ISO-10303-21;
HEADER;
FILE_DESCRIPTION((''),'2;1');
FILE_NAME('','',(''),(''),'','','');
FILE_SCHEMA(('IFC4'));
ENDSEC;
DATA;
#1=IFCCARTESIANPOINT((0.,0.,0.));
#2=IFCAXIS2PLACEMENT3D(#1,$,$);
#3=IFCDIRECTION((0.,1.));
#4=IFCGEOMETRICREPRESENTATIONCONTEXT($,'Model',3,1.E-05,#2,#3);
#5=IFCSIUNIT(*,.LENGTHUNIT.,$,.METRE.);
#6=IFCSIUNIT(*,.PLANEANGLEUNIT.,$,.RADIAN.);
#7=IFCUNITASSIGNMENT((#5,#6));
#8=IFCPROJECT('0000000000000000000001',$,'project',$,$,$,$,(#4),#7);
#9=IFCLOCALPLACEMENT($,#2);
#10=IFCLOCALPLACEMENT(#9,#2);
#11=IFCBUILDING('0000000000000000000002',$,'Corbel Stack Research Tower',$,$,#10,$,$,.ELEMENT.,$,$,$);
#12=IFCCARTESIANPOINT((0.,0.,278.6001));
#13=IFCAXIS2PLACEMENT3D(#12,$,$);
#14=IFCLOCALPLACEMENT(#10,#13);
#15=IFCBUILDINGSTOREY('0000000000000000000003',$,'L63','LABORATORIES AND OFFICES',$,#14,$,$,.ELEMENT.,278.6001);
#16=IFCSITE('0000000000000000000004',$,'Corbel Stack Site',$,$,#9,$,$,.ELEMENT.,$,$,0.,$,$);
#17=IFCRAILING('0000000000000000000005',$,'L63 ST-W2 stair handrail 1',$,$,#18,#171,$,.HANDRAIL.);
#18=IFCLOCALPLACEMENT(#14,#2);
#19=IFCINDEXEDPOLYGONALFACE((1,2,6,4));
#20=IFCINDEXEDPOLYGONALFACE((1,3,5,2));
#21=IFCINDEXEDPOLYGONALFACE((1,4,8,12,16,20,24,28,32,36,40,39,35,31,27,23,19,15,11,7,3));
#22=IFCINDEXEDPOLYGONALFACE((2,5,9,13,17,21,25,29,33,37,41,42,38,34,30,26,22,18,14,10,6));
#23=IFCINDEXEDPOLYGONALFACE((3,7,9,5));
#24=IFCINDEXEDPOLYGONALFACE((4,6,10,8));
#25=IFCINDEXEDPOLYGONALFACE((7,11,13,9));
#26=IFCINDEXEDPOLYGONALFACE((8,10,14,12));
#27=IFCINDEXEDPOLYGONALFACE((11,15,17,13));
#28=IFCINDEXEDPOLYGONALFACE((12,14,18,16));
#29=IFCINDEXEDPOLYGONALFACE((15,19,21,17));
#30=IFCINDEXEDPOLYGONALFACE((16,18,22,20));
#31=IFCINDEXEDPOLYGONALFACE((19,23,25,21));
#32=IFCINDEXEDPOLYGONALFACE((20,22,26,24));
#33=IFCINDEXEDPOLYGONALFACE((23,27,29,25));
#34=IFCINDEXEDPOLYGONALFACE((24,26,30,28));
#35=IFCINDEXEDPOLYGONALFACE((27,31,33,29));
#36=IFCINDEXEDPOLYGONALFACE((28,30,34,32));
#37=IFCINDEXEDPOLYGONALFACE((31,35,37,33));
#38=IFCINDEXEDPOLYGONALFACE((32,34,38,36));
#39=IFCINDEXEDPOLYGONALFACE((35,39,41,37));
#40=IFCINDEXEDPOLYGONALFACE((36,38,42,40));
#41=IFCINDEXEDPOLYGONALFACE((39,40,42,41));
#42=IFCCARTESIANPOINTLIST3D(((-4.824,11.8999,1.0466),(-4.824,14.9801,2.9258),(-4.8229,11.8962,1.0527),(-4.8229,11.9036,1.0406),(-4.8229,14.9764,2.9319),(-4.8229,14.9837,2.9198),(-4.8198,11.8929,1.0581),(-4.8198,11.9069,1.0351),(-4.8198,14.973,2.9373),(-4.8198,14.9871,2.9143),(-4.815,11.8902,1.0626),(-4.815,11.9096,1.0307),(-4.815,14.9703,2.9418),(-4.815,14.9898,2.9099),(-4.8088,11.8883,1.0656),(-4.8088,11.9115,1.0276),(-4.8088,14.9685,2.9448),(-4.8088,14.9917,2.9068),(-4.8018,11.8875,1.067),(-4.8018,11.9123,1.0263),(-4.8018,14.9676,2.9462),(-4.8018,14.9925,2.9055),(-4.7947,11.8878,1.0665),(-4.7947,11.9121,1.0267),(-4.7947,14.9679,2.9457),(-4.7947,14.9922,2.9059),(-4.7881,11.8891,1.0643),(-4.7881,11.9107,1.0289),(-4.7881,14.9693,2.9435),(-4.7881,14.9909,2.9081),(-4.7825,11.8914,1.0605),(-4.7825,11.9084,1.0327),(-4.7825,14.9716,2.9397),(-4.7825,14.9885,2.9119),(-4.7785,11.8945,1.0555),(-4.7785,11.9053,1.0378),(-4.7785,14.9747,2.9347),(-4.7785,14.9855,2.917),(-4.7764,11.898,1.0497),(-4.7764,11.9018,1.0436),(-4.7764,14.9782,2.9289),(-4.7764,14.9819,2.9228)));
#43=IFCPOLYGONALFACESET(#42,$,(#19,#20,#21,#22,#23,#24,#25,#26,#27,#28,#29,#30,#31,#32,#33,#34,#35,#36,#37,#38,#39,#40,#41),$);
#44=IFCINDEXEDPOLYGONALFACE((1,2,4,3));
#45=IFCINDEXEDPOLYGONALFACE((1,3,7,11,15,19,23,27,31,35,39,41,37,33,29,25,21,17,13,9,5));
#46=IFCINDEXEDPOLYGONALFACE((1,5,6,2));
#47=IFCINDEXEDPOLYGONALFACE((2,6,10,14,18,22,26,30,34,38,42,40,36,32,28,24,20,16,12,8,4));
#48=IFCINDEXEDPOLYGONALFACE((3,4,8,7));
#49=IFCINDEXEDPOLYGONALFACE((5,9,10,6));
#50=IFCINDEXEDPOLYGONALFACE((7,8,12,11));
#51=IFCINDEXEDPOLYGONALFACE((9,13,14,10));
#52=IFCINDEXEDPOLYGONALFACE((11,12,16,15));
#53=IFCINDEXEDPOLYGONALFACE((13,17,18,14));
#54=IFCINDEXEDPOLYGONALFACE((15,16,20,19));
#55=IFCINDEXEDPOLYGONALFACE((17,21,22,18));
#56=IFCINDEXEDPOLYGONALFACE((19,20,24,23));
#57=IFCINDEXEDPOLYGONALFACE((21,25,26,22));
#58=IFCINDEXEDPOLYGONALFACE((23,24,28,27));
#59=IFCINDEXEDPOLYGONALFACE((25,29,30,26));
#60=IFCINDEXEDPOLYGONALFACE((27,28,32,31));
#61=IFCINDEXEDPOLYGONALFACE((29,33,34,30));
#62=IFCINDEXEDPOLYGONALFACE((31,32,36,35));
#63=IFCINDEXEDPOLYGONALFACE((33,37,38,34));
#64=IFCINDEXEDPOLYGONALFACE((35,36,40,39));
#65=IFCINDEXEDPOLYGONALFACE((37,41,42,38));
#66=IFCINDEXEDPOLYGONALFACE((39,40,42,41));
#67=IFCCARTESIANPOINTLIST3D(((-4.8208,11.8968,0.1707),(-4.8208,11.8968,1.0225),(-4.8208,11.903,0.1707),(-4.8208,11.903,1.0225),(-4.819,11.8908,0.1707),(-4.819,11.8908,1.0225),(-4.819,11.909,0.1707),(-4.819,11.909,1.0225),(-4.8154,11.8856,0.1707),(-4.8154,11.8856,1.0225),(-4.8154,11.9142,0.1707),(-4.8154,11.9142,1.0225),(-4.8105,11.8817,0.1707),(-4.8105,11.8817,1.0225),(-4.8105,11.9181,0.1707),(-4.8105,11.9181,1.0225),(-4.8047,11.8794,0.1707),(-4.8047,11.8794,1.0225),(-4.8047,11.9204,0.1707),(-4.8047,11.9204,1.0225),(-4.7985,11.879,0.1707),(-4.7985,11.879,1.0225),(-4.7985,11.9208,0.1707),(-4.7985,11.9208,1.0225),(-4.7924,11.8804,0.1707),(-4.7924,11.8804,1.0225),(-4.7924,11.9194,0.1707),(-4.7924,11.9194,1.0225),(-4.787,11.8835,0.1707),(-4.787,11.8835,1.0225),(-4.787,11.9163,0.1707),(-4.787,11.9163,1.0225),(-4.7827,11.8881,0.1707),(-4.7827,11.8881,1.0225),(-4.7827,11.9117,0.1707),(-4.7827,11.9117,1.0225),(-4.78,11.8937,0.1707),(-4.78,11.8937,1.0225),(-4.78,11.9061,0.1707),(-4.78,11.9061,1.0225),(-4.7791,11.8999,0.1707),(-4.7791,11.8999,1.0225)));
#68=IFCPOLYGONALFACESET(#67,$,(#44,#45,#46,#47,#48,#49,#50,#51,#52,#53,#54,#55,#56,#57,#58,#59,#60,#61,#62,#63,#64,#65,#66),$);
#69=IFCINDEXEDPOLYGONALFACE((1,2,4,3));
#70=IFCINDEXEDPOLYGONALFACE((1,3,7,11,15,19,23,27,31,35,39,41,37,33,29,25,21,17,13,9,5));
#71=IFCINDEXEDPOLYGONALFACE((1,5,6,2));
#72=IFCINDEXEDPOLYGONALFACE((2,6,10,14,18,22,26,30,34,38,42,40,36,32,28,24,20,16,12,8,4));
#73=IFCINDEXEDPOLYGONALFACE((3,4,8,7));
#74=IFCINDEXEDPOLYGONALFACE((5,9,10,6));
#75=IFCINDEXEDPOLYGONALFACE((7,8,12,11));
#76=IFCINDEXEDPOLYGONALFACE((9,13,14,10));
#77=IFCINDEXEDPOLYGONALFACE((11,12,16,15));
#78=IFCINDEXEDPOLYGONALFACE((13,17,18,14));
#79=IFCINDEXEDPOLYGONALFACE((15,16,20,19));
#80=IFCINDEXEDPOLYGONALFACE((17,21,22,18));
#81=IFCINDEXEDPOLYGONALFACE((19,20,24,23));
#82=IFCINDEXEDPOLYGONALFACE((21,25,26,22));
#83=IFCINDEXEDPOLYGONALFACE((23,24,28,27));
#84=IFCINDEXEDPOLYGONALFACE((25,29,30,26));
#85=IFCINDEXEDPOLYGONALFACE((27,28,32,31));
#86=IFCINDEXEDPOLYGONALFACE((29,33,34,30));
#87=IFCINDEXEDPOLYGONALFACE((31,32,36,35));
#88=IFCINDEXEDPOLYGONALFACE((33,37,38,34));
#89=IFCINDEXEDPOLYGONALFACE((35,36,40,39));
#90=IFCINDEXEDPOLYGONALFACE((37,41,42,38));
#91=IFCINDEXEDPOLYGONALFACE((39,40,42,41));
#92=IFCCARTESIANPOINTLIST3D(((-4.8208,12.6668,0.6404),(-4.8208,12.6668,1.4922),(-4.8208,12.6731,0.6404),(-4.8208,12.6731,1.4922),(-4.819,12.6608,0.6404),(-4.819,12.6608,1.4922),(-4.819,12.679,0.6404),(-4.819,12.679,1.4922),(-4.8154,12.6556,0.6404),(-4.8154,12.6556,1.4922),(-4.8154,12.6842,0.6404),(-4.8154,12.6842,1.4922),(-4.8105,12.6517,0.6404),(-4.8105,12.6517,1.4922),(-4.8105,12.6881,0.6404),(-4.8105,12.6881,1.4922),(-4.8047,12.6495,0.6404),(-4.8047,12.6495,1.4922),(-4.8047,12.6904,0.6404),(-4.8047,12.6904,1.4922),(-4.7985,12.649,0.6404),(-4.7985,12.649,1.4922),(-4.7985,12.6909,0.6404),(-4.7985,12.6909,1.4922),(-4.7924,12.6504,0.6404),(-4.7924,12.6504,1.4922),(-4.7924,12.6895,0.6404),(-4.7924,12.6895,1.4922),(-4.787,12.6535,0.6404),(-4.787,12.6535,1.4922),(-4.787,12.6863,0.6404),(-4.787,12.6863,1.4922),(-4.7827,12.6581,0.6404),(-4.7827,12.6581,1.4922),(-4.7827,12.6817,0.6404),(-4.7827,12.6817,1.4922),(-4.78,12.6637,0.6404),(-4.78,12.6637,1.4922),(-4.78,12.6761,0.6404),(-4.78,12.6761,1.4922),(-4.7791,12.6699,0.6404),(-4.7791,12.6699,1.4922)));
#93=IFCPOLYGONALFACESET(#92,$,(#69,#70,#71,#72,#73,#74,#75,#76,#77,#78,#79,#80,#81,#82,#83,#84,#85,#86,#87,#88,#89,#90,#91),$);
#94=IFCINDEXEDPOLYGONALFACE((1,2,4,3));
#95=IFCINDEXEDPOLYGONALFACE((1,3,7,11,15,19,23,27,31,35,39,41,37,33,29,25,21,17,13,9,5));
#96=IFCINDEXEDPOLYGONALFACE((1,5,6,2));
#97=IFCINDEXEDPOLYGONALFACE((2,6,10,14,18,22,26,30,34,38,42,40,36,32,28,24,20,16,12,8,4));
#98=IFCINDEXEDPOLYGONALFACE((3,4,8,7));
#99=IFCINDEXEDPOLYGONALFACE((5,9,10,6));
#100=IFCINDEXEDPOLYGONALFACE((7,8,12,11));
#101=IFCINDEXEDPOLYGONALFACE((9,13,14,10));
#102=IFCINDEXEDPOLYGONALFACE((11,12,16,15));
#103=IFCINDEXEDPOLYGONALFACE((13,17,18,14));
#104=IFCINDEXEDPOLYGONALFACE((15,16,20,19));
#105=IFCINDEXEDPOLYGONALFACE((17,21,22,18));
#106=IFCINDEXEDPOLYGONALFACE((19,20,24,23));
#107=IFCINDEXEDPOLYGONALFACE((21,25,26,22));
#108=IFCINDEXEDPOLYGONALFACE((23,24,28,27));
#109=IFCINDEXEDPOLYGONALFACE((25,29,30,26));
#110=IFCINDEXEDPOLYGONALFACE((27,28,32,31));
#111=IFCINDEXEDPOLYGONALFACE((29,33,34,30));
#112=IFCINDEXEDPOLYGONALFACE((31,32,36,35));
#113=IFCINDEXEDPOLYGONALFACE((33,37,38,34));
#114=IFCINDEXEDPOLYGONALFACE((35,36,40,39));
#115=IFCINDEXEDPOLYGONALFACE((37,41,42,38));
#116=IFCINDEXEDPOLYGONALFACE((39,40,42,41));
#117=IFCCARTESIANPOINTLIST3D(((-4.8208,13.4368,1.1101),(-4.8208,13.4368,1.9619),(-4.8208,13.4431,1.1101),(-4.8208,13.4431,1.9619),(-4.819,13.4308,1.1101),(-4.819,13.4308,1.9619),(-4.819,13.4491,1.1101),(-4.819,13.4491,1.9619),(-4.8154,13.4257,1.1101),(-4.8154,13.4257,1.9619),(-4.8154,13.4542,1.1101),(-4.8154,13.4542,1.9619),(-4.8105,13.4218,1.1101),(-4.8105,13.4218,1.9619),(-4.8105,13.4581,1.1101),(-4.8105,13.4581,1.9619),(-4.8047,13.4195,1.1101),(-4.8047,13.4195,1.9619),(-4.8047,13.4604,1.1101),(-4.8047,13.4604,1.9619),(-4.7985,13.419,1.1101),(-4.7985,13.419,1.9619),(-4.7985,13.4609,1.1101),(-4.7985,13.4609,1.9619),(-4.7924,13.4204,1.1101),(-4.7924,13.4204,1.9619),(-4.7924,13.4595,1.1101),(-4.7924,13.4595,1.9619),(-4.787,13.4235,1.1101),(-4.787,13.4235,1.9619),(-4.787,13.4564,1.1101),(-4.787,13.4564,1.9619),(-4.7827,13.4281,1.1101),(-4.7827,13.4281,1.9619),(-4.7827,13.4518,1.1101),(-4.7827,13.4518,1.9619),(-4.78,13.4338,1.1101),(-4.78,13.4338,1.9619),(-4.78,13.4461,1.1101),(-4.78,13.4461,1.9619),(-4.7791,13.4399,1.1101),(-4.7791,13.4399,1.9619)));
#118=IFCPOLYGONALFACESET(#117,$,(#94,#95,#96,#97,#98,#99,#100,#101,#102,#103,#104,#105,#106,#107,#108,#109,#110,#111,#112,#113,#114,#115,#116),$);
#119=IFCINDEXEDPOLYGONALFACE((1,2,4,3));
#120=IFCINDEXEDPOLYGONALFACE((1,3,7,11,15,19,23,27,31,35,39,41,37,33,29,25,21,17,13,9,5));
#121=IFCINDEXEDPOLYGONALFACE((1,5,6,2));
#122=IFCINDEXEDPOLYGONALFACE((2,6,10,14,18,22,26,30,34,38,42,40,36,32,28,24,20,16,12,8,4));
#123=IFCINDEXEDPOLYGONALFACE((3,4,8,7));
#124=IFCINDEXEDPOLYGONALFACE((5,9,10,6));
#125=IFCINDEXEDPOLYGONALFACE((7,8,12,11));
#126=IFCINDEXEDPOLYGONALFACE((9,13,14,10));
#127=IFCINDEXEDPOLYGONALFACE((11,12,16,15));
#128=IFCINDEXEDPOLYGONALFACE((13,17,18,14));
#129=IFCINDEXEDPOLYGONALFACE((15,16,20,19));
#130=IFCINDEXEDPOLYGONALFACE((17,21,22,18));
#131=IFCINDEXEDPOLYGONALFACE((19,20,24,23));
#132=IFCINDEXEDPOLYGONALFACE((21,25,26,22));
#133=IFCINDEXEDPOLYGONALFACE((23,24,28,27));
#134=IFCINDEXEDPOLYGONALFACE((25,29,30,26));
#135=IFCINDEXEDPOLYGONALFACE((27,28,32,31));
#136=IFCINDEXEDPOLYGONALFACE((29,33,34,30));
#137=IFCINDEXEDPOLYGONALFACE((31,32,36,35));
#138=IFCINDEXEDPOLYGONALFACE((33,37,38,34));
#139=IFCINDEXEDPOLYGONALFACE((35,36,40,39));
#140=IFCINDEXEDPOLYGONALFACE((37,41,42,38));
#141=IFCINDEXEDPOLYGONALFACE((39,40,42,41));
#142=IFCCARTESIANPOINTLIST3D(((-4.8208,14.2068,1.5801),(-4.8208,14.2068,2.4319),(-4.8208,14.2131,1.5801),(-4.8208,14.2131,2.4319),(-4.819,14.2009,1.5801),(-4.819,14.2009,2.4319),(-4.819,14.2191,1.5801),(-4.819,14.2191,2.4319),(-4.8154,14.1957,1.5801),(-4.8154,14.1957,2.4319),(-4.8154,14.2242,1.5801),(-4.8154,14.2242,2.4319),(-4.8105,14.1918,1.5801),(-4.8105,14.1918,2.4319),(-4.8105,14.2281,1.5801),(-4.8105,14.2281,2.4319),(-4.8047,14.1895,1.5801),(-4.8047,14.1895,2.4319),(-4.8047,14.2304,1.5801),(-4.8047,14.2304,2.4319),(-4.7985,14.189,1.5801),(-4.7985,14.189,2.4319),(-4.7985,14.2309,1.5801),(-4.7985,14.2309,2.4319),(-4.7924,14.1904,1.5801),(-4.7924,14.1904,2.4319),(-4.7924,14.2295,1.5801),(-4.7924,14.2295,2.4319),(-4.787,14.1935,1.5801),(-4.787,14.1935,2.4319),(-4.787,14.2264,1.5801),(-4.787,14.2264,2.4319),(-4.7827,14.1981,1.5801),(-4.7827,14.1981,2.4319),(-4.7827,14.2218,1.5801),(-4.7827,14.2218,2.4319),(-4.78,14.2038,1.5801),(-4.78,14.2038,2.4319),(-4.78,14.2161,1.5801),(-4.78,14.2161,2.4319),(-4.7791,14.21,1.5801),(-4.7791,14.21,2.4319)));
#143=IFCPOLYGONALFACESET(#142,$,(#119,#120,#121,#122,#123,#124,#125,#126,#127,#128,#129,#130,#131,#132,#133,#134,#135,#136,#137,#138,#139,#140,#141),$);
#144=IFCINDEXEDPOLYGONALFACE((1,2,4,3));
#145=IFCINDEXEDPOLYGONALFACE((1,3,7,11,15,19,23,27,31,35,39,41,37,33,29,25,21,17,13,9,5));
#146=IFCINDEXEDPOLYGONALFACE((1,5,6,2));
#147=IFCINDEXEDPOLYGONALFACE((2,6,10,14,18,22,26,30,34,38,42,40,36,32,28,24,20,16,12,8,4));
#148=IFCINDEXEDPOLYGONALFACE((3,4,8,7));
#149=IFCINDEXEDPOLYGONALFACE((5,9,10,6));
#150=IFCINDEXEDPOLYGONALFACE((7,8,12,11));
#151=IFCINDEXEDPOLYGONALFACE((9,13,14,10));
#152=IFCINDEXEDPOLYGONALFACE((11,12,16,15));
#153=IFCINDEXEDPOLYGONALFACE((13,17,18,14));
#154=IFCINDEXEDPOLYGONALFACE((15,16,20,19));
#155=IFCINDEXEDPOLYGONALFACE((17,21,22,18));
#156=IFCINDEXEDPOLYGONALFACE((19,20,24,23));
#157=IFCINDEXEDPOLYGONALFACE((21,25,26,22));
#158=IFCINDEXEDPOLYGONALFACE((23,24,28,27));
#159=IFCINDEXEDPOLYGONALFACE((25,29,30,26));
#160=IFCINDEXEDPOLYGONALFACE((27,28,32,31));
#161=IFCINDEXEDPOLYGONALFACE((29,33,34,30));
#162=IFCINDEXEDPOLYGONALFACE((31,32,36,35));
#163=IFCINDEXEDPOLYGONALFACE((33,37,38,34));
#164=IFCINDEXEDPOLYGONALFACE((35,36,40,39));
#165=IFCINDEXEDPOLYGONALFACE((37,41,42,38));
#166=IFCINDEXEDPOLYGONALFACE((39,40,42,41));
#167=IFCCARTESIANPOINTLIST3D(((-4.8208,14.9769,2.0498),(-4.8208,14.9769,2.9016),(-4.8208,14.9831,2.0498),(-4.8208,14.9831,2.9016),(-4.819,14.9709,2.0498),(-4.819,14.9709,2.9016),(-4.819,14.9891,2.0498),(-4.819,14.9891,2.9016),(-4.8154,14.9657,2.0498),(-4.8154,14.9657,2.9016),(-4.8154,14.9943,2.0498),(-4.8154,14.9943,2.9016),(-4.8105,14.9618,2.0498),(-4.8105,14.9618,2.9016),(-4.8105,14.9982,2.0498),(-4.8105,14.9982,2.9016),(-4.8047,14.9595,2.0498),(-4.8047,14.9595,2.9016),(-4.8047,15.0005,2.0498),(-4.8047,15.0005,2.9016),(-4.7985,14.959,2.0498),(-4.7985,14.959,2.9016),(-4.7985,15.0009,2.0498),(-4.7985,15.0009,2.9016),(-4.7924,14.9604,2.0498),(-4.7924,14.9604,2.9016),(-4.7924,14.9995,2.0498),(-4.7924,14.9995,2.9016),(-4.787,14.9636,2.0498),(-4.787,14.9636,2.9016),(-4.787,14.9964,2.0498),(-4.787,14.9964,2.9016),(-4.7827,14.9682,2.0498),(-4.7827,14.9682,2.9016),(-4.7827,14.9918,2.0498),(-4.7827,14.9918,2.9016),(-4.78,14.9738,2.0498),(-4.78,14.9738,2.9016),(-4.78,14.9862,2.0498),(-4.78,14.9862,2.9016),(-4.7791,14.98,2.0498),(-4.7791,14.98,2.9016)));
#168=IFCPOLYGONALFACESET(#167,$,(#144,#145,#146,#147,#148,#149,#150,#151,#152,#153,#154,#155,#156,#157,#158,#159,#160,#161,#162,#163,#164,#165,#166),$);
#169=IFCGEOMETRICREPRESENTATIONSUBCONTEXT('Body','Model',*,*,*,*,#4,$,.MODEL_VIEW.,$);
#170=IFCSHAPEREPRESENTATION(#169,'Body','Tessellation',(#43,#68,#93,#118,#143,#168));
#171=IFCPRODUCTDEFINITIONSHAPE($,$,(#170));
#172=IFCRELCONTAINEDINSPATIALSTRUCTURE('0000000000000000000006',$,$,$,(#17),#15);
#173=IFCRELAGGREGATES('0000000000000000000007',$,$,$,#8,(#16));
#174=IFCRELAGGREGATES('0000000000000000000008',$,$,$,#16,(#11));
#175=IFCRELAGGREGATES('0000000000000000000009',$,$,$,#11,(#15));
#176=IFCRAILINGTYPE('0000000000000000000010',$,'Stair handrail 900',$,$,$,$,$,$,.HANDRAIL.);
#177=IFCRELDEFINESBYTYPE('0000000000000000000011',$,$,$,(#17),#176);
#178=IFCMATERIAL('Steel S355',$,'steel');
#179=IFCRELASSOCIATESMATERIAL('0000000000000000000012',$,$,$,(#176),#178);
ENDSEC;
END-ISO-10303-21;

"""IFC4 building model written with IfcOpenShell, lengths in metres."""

from ifc_helpers import new_model, si_unit, direction, frame, origin, origin_2d, place, context, subcontext, project, spatial, circle, extrude, material, type_object, element, save


model = new_model("IFC4")

# Units and contexts
model_context = context("Model", 3, precision=1e-05, world=origin(), true_north=direction((0.0, 1.0)))
body_context = subcontext(model_context, "Body", "Model", "MODEL_VIEW")
ifc_project = project(units=[si_unit("LENGTHUNIT", "METRE"), si_unit("PLANEANGLEUNIT", "RADIAN")], contexts=[model_context])

# Site, building, storey
site_placement = place(None, origin())
site = spatial("IfcSite", under=ifc_project, at=site_placement, Name="Corbel Stack Site", CompositionType="ELEMENT", RefElevation=0.0)
building_placement = place(site_placement, origin())
building = spatial("IfcBuilding", under=site, at=building_placement, Name="Corbel Stack Research Tower", CompositionType="ELEMENT")
storey_placement = place(building_placement, frame((0.0, 0.0, 278.6001)))
storey = spatial("IfcBuildingStorey", under=building, at=storey_placement, Name="L63", Description="LABORATORIES AND OFFICES", CompositionType="ELEMENT", Elevation=278.6001)

# Railing
ifc_material_1 = material(Name="Steel S355", Category="steel")
railing_type_1 = type_object("IfcRailingType", Name="Stair handrail 900", PredefinedType="HANDRAIL", material=ifc_material_1)
railing_1_placement = place(storey_placement, frame((-4.8, 11.8999, 0.1707)))
element("IfcRailing", 1, at=railing_1_placement, inside=storey, type_object=railing_type_1, Name="L63 ST-W2 stair handrail 1", PredefinedType="HANDRAIL", context=body_context, shape_type="SweptSolid", body=[
    extrude(circle(Radius=0.0239, at=origin_2d()), frame((0.0, 0.0, 0.876), z_axis=(0.0, 0.853666, 0.52082), x_axis=(-1.0, 0.0, 0.0)), (0.0, 0.0, 1.0), 3.6082),
    extrude(circle(Radius=0.021, at=origin_2d()), origin(), (0.0, 0.0, 1.0), 0.8518),
    extrude(circle(Radius=0.021, at=origin_2d()), frame((0.0, 0.77, 0.4697)), (0.0, 0.0, 1.0), 0.8518),
    extrude(circle(Radius=0.021, at=origin_2d()), frame((0.0, 1.54, 0.9395)), (0.0, 0.0, 1.0), 0.8518),
    extrude(circle(Radius=0.021, at=origin_2d()), frame((0.0, 2.3101, 1.4094)), (0.0, 0.0, 1.0), 0.8518),
    extrude(circle(Radius=0.021, at=origin_2d()), frame((0.0, 3.0801, 1.8792)), (0.0, 0.0, 1.0), 0.8518),
])

save(model, "model.ifc")
